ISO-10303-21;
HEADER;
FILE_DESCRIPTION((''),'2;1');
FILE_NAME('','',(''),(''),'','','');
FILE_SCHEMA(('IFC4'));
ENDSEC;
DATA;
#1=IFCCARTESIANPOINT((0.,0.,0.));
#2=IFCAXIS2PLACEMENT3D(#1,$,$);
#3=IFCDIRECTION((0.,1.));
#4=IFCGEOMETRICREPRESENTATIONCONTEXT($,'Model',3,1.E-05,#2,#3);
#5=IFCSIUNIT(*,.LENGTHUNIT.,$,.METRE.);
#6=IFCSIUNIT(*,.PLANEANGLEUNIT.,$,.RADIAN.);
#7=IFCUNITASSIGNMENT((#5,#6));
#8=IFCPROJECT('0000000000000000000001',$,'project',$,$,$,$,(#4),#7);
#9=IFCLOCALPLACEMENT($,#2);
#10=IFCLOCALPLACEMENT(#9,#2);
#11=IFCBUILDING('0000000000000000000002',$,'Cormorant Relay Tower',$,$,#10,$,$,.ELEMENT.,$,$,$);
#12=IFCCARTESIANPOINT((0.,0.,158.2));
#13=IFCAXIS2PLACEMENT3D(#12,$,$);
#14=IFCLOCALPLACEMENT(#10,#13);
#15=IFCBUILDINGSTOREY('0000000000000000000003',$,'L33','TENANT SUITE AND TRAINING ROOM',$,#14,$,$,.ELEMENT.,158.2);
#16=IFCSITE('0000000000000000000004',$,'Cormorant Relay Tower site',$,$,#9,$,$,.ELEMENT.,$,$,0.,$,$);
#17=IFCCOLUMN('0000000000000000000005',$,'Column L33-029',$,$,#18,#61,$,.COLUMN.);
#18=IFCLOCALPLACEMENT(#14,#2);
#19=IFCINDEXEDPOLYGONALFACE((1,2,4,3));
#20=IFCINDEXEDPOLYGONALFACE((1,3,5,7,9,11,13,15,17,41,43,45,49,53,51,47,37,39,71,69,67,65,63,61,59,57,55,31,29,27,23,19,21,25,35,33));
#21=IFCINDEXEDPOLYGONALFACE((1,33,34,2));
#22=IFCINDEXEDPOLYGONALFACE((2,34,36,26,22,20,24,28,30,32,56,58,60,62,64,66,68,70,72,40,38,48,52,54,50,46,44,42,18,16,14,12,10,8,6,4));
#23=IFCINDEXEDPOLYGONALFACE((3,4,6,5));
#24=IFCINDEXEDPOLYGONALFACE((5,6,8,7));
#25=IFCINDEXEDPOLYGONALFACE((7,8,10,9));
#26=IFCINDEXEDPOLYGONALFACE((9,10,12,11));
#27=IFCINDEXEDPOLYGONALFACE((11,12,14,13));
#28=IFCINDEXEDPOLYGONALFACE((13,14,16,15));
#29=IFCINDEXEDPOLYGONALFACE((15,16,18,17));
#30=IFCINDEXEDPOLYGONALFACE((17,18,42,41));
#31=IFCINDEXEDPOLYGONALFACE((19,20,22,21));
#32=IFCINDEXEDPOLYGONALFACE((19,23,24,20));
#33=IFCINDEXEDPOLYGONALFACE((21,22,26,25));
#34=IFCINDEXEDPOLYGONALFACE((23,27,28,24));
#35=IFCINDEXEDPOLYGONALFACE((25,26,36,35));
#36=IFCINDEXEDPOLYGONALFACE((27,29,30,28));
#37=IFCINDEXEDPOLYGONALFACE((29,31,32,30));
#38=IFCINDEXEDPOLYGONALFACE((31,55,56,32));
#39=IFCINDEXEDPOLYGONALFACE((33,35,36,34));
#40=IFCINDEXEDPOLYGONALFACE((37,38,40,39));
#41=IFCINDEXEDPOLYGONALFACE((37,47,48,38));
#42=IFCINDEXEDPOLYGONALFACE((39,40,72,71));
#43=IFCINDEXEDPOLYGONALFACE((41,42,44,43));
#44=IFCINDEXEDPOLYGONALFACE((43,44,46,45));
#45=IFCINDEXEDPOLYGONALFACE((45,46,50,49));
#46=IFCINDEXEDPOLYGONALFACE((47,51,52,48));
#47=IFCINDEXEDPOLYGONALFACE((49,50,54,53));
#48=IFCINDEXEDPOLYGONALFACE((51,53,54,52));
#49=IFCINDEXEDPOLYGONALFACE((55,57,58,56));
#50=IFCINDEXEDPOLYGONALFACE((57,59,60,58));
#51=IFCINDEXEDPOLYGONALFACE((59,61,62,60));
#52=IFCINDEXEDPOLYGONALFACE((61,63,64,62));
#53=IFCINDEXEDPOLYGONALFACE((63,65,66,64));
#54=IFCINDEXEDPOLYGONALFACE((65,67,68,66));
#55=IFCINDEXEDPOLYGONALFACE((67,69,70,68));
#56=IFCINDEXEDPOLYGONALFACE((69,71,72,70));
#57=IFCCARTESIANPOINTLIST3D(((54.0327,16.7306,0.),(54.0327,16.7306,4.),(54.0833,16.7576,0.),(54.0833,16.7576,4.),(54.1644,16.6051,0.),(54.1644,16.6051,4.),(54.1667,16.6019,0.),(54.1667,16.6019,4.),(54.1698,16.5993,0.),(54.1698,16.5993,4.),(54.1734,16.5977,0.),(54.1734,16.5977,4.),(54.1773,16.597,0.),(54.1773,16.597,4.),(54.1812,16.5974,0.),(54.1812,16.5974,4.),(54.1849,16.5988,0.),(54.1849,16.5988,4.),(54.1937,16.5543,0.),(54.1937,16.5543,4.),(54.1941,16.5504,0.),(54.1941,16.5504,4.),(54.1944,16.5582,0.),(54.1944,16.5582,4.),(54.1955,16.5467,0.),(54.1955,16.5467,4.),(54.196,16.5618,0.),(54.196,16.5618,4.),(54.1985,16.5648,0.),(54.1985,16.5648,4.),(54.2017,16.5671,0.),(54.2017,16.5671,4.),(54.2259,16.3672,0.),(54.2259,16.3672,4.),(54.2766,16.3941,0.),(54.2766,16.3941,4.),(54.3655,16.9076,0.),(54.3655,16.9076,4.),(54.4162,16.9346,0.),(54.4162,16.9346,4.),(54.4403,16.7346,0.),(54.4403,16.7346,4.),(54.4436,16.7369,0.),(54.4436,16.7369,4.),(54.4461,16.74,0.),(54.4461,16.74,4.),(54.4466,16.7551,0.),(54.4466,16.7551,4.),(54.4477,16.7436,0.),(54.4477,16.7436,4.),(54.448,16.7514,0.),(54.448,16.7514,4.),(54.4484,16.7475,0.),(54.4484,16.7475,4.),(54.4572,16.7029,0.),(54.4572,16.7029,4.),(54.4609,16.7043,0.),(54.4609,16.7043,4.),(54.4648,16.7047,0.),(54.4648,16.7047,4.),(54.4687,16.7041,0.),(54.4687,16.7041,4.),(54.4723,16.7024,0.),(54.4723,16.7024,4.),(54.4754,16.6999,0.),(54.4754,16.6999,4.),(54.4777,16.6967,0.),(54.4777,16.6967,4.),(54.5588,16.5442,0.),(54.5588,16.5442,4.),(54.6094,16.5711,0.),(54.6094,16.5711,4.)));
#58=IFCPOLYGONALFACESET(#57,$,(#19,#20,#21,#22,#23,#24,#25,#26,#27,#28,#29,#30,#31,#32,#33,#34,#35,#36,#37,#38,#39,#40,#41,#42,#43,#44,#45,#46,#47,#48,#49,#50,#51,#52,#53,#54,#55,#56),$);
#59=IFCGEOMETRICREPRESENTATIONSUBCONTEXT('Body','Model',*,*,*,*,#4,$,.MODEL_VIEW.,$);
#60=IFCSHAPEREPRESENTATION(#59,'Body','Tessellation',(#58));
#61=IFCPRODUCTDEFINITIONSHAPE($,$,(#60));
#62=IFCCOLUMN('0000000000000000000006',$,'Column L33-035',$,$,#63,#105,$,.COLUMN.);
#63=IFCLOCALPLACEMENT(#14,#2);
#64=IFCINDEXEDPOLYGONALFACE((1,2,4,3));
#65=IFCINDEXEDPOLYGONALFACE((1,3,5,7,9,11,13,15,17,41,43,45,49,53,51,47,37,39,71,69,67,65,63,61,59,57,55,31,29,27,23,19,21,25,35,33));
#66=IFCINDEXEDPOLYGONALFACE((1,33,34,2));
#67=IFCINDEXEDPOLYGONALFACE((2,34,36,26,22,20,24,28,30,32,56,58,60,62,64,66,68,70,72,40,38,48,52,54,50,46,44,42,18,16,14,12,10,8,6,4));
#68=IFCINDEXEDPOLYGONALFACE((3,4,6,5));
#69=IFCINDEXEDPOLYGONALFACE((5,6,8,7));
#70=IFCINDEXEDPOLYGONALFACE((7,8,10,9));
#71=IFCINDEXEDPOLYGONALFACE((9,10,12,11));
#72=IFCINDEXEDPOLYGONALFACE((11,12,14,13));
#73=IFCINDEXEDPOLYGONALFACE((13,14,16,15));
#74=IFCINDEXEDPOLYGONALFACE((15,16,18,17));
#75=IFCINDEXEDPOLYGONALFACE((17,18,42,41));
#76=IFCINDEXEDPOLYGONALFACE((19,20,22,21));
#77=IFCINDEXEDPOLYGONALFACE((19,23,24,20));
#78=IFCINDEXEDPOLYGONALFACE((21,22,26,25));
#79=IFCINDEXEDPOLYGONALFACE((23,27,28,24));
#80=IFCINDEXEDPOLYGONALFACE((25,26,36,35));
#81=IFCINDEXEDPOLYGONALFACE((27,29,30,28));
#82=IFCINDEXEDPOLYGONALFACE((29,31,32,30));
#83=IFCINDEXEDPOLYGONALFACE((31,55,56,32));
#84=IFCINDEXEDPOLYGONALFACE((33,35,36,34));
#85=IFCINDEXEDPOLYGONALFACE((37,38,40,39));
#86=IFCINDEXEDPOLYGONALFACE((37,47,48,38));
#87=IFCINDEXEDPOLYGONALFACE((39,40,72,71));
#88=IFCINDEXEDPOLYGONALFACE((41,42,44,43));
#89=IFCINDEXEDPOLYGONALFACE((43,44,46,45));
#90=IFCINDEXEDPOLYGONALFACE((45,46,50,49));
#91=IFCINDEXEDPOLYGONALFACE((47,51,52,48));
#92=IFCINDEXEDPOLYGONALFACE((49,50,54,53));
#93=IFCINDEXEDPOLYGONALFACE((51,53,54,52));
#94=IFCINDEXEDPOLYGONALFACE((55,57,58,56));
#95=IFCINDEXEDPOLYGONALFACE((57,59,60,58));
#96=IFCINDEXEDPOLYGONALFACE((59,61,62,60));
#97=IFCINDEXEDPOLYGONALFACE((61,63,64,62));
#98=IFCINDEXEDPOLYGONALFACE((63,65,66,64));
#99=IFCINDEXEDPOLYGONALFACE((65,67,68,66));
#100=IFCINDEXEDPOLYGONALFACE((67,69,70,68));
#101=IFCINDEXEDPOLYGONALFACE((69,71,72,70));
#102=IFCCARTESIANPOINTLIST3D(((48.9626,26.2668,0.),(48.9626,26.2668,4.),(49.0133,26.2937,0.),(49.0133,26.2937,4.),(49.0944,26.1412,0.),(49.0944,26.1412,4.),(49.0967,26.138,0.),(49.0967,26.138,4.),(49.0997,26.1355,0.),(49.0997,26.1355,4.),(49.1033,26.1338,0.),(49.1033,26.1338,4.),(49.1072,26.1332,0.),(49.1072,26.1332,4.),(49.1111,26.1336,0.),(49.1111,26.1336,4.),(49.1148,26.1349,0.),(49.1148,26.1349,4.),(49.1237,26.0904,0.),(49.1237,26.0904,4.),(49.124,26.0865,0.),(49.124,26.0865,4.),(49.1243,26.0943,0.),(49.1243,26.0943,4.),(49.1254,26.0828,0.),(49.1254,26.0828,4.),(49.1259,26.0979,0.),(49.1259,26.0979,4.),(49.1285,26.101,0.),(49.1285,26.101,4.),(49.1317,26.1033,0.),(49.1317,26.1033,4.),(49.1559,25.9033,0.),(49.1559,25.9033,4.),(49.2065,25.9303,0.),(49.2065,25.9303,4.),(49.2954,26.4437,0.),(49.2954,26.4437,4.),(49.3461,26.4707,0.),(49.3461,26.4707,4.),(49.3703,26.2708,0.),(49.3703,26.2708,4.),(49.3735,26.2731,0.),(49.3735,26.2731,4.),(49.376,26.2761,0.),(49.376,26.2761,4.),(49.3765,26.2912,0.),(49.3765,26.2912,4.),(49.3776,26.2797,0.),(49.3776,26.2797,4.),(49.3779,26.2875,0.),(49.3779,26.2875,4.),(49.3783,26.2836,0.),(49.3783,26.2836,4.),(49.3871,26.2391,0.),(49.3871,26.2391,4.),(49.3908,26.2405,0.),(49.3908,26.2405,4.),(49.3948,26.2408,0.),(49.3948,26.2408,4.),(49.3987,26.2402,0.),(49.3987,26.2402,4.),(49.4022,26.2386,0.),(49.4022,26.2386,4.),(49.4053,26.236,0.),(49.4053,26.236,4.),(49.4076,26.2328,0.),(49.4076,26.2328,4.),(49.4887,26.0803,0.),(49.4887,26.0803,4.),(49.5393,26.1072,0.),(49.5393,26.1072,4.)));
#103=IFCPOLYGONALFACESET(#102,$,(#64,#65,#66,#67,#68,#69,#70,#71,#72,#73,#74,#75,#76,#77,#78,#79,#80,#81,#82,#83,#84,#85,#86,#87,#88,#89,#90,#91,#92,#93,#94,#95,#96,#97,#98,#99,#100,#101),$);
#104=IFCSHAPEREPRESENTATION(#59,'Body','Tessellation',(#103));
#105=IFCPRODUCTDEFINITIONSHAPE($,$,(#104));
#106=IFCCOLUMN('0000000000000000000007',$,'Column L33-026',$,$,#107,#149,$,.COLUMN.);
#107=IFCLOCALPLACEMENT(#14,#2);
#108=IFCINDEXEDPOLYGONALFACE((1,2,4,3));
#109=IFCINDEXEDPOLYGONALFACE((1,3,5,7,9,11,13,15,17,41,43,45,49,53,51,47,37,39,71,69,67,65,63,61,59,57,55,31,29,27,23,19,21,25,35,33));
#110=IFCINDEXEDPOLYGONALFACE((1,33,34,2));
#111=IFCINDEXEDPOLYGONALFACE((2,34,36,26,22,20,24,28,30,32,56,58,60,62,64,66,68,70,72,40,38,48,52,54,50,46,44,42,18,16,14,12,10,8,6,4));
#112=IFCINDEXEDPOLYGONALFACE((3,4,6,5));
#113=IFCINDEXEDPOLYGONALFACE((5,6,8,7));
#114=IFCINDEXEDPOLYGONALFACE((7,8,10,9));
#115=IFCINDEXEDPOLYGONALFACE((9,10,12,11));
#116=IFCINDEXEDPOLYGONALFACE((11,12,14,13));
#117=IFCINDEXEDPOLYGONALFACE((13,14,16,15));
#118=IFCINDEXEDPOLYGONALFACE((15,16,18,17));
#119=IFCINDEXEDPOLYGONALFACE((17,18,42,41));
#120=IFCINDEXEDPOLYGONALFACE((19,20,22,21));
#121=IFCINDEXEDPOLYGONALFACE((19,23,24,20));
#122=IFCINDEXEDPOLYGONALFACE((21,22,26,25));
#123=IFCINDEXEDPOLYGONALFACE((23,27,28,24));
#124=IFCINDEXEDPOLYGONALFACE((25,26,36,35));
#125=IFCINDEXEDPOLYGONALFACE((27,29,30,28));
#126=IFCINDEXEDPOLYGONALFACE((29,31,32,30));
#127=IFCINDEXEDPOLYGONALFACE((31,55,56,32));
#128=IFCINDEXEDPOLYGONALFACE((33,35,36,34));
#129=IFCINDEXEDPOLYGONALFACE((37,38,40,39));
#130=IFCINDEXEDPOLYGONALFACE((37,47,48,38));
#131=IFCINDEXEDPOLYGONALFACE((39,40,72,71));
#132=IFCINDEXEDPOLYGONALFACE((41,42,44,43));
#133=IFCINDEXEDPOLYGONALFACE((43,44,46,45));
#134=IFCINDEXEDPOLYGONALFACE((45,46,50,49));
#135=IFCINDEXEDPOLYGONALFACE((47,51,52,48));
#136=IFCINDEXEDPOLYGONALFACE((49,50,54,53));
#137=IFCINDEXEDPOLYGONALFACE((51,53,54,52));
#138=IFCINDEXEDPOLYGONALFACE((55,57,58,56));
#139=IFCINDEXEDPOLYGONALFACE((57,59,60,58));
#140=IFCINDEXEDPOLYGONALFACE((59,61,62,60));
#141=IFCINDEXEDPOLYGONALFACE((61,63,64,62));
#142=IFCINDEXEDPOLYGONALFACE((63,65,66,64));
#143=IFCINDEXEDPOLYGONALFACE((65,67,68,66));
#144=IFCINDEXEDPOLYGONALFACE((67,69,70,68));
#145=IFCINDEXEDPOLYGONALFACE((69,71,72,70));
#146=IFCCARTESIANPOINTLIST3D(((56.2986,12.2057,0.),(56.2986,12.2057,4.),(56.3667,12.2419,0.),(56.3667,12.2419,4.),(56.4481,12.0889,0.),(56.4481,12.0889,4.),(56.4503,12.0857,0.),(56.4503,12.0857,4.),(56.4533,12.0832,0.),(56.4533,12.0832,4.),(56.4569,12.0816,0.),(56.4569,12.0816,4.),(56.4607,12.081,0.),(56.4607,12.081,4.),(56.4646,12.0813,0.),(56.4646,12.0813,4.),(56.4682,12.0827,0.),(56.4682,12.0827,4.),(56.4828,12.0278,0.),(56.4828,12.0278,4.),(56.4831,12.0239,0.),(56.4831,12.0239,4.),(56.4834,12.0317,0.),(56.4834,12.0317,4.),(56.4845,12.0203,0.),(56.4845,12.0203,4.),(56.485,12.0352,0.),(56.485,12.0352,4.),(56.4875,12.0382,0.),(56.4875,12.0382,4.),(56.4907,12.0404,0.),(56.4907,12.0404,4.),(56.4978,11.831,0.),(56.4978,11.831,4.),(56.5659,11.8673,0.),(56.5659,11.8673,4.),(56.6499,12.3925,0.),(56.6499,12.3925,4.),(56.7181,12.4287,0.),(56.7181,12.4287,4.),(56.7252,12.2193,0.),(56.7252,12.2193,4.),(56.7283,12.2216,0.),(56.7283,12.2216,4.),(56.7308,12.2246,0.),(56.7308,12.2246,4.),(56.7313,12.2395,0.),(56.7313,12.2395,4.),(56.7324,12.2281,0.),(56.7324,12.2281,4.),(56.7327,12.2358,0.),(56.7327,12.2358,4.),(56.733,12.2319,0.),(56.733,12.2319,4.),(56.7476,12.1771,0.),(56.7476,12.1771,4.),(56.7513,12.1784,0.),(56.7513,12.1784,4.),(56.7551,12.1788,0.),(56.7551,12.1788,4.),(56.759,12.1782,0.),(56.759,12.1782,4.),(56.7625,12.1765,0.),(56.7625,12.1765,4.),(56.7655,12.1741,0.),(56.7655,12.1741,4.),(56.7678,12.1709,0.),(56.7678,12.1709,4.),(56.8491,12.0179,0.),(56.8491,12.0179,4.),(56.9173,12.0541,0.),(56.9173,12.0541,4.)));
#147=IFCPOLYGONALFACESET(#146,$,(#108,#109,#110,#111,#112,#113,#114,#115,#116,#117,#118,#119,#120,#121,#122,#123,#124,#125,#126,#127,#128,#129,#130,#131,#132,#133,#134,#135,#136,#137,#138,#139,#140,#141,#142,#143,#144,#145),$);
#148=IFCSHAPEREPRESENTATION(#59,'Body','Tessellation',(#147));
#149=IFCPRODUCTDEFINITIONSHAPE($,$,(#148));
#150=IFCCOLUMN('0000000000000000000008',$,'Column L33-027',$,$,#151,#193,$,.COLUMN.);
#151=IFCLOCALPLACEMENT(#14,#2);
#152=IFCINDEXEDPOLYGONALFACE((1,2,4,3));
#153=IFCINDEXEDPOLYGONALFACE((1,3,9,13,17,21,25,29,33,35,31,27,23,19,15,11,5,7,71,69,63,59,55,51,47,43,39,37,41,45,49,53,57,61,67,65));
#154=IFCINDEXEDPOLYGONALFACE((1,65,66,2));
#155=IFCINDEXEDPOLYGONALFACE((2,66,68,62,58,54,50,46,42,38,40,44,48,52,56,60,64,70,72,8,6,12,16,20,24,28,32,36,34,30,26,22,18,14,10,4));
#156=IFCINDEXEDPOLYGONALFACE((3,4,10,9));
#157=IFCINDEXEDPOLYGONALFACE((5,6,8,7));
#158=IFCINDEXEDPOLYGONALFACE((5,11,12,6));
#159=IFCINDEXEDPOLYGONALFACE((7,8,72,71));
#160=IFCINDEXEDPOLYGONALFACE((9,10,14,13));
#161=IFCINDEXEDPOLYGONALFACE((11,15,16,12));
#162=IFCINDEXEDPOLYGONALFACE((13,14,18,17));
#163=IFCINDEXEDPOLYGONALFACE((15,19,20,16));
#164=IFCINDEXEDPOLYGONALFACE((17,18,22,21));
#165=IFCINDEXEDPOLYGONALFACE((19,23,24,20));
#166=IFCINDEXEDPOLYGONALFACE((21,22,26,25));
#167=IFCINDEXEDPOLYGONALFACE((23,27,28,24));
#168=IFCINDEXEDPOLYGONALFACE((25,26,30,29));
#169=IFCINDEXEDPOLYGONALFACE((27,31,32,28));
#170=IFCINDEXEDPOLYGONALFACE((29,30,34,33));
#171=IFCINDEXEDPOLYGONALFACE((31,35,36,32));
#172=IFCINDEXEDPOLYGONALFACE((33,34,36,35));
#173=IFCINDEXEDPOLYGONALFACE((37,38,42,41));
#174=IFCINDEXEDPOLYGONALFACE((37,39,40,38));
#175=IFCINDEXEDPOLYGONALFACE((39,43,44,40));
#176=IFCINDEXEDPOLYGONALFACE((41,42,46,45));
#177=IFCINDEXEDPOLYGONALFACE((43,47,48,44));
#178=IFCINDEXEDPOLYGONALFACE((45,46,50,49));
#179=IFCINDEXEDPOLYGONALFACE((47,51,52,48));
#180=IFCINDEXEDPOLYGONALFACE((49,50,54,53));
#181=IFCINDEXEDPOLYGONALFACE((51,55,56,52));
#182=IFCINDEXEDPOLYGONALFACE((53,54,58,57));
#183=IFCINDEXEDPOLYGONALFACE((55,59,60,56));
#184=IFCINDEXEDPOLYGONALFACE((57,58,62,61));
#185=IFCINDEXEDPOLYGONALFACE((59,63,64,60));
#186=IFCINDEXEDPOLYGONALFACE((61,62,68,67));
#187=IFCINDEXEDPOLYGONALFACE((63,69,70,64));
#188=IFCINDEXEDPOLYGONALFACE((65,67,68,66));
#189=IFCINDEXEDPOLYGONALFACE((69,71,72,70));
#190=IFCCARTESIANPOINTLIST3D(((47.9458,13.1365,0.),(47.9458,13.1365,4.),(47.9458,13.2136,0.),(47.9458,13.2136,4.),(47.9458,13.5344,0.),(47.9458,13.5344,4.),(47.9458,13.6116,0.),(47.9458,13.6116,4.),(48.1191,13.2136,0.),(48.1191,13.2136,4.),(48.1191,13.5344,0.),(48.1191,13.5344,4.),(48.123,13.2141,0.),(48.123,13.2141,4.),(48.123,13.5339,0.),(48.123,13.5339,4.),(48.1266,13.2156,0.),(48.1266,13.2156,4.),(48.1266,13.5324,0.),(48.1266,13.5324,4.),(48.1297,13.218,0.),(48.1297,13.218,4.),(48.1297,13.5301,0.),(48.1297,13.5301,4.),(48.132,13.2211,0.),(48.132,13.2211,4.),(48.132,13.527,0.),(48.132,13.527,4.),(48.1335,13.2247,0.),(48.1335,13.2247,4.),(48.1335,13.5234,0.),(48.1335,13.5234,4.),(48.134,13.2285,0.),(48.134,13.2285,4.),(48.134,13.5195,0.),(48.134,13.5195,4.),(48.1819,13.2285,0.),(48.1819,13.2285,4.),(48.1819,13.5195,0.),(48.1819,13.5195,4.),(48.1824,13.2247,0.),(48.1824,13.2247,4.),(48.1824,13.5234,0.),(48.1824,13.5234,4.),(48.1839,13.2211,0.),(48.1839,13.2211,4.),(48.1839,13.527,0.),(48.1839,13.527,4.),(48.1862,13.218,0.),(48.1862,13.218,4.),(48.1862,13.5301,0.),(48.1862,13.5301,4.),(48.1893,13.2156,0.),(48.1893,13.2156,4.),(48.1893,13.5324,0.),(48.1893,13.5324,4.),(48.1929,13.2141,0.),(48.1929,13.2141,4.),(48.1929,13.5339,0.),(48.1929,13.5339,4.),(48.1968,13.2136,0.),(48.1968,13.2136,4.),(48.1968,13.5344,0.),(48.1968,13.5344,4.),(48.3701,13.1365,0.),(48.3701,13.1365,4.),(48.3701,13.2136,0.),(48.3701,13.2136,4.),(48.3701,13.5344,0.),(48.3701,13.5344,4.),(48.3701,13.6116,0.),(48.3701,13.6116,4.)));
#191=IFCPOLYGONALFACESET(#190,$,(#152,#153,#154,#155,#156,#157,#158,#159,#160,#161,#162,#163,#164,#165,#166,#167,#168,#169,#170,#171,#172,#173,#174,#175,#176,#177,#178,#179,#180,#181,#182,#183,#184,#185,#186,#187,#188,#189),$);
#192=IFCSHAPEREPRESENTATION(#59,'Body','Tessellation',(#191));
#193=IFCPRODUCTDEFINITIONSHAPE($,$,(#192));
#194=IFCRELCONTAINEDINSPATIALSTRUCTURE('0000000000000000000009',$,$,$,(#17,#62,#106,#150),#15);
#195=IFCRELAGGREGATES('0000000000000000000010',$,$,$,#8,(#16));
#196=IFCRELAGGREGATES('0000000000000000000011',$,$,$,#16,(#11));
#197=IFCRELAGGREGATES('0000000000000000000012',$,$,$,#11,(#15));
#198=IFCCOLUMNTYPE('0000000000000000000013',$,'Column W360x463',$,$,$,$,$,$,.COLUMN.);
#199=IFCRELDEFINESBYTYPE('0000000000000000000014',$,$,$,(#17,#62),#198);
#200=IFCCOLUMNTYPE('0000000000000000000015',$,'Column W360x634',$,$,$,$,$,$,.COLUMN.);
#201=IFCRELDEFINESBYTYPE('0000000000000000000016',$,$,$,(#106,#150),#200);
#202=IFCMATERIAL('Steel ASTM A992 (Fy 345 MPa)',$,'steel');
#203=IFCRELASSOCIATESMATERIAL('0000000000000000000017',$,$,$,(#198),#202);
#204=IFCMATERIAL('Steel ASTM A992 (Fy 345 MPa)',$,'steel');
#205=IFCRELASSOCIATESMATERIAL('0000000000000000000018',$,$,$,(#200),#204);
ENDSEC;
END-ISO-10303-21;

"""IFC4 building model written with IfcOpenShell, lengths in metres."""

from ifc_helpers import new_model, si_unit, direction, frame, origin, origin_2d, place, context, subcontext, project, spatial, i_section, extrude, material, material_profile, profile_set, type_object, element, save


model = new_model("IFC4")

# Units and contexts
model_context = context("Model", 3, precision=1e-05, world=origin(), true_north=direction((0.0, 1.0)))
body_context = subcontext(model_context, "Body", "Model", "MODEL_VIEW")
ifc_project = project(units=[si_unit("LENGTHUNIT", "METRE"), si_unit("PLANEANGLEUNIT", "RADIAN")], contexts=[model_context])

# Site, building, storey
site_placement = place(None, origin())
site = spatial("IfcSite", under=ifc_project, at=site_placement, Name="Cormorant Relay Tower site", CompositionType="ELEMENT", RefElevation=0.0)
building_placement = place(site_placement, origin())
building = spatial("IfcBuilding", under=site, at=building_placement, Name="Cormorant Relay Tower", CompositionType="ELEMENT")
storey_placement = place(building_placement, frame((0.0, 0.0, 158.2)))
storey = spatial("IfcBuildingStorey", under=building, at=storey_placement, Name="L33", Description="TENANT SUITE AND TRAINING ROOM", CompositionType="ELEMENT", Elevation=158.2)

# Columns
ifc_material_1 = material(Name="Steel ASTM A992 (Fy 345 MPa)", Category="steel")
ifc_material_profile_1 = material_profile(ifc_material_1, i_section(OverallWidth=0.4116, OverallDepth=0.4343, WebThickness=0.0359, FlangeThickness=0.0574, FilletRadius=0.0151, at=origin_2d()), Name="W360x463")
ifc_profile_set_1 = profile_set([ifc_material_profile_1], Name="Steel ASTM A992 (Fy 345 MPa)")
column_type_1 = type_object("IfcColumnType", Name="Column W360x463", PredefinedType="COLUMN", material=ifc_profile_set_1)
for number, where, z_axis, x_axis, name in (
    (1, (54.321, 16.6509, 0.0), (0.0, 0.0, 1.0), (-0.469472, 0.882948, 0.0), "Column L33-029"),
    (2, (49.251, 26.187, 0.0), (0.0, 0.0, 1.0), (-0.469472, 0.882948, 0.0), "Column L33-035"),
):
    element("IfcColumn", number, at=place(storey_placement, frame(where, z_axis=z_axis, x_axis=x_axis)), inside=storey, type_object=column_type_1, Name=name, PredefinedType="COLUMN", context=body_context, shape_type="SweptSolid", body=[
        extrude(i_section(OverallWidth=0.4116, OverallDepth=0.4343, WebThickness=0.0359, FlangeThickness=0.0574, FilletRadius=0.0151, at=origin_2d()), origin(), (0.0, 0.0, 1.0), 4.0),
    ])
ifc_material_2 = material(Name="Steel ASTM A992 (Fy 345 MPa)", Category="steel")
ifc_material_profile_2 = material_profile(ifc_material_2, i_section(OverallWidth=0.4243, OverallDepth=0.4751, WebThickness=0.0479, FlangeThickness=0.0771, FilletRadius=0.0149, at=origin_2d()), Name="W360x634")
ifc_profile_set_2 = profile_set([ifc_material_profile_2], Name="Steel ASTM A992 (Fy 345 MPa)")
column_type_2 = type_object("IfcColumnType", Name="Column W360x634", PredefinedType="COLUMN", material=ifc_profile_set_2)
for number, where, z_axis, x_axis, name in (
    (3, (56.6079, 12.1299, 0.0), (0.0, 0.0, 1.0), (-0.469472, 0.882948, 0.0), "Column L33-026"),
    (4, (48.158, 13.374, 0.0), (0.0, 0.0, 1.0), (1.0, 0.0, 0.0), "Column L33-027"),
):
    element("IfcColumn", number, at=place(storey_placement, frame(where, z_axis=z_axis, x_axis=x_axis)), inside=storey, type_object=column_type_2, Name=name, PredefinedType="COLUMN", context=body_context, shape_type="SweptSolid", body=[
        extrude(i_section(OverallWidth=0.4243, OverallDepth=0.4751, WebThickness=0.0479, FlangeThickness=0.0771, FilletRadius=0.0149, at=origin_2d()), origin(), (0.0, 0.0, 1.0), 4.0),
    ])

save(model, "model.ifc")
